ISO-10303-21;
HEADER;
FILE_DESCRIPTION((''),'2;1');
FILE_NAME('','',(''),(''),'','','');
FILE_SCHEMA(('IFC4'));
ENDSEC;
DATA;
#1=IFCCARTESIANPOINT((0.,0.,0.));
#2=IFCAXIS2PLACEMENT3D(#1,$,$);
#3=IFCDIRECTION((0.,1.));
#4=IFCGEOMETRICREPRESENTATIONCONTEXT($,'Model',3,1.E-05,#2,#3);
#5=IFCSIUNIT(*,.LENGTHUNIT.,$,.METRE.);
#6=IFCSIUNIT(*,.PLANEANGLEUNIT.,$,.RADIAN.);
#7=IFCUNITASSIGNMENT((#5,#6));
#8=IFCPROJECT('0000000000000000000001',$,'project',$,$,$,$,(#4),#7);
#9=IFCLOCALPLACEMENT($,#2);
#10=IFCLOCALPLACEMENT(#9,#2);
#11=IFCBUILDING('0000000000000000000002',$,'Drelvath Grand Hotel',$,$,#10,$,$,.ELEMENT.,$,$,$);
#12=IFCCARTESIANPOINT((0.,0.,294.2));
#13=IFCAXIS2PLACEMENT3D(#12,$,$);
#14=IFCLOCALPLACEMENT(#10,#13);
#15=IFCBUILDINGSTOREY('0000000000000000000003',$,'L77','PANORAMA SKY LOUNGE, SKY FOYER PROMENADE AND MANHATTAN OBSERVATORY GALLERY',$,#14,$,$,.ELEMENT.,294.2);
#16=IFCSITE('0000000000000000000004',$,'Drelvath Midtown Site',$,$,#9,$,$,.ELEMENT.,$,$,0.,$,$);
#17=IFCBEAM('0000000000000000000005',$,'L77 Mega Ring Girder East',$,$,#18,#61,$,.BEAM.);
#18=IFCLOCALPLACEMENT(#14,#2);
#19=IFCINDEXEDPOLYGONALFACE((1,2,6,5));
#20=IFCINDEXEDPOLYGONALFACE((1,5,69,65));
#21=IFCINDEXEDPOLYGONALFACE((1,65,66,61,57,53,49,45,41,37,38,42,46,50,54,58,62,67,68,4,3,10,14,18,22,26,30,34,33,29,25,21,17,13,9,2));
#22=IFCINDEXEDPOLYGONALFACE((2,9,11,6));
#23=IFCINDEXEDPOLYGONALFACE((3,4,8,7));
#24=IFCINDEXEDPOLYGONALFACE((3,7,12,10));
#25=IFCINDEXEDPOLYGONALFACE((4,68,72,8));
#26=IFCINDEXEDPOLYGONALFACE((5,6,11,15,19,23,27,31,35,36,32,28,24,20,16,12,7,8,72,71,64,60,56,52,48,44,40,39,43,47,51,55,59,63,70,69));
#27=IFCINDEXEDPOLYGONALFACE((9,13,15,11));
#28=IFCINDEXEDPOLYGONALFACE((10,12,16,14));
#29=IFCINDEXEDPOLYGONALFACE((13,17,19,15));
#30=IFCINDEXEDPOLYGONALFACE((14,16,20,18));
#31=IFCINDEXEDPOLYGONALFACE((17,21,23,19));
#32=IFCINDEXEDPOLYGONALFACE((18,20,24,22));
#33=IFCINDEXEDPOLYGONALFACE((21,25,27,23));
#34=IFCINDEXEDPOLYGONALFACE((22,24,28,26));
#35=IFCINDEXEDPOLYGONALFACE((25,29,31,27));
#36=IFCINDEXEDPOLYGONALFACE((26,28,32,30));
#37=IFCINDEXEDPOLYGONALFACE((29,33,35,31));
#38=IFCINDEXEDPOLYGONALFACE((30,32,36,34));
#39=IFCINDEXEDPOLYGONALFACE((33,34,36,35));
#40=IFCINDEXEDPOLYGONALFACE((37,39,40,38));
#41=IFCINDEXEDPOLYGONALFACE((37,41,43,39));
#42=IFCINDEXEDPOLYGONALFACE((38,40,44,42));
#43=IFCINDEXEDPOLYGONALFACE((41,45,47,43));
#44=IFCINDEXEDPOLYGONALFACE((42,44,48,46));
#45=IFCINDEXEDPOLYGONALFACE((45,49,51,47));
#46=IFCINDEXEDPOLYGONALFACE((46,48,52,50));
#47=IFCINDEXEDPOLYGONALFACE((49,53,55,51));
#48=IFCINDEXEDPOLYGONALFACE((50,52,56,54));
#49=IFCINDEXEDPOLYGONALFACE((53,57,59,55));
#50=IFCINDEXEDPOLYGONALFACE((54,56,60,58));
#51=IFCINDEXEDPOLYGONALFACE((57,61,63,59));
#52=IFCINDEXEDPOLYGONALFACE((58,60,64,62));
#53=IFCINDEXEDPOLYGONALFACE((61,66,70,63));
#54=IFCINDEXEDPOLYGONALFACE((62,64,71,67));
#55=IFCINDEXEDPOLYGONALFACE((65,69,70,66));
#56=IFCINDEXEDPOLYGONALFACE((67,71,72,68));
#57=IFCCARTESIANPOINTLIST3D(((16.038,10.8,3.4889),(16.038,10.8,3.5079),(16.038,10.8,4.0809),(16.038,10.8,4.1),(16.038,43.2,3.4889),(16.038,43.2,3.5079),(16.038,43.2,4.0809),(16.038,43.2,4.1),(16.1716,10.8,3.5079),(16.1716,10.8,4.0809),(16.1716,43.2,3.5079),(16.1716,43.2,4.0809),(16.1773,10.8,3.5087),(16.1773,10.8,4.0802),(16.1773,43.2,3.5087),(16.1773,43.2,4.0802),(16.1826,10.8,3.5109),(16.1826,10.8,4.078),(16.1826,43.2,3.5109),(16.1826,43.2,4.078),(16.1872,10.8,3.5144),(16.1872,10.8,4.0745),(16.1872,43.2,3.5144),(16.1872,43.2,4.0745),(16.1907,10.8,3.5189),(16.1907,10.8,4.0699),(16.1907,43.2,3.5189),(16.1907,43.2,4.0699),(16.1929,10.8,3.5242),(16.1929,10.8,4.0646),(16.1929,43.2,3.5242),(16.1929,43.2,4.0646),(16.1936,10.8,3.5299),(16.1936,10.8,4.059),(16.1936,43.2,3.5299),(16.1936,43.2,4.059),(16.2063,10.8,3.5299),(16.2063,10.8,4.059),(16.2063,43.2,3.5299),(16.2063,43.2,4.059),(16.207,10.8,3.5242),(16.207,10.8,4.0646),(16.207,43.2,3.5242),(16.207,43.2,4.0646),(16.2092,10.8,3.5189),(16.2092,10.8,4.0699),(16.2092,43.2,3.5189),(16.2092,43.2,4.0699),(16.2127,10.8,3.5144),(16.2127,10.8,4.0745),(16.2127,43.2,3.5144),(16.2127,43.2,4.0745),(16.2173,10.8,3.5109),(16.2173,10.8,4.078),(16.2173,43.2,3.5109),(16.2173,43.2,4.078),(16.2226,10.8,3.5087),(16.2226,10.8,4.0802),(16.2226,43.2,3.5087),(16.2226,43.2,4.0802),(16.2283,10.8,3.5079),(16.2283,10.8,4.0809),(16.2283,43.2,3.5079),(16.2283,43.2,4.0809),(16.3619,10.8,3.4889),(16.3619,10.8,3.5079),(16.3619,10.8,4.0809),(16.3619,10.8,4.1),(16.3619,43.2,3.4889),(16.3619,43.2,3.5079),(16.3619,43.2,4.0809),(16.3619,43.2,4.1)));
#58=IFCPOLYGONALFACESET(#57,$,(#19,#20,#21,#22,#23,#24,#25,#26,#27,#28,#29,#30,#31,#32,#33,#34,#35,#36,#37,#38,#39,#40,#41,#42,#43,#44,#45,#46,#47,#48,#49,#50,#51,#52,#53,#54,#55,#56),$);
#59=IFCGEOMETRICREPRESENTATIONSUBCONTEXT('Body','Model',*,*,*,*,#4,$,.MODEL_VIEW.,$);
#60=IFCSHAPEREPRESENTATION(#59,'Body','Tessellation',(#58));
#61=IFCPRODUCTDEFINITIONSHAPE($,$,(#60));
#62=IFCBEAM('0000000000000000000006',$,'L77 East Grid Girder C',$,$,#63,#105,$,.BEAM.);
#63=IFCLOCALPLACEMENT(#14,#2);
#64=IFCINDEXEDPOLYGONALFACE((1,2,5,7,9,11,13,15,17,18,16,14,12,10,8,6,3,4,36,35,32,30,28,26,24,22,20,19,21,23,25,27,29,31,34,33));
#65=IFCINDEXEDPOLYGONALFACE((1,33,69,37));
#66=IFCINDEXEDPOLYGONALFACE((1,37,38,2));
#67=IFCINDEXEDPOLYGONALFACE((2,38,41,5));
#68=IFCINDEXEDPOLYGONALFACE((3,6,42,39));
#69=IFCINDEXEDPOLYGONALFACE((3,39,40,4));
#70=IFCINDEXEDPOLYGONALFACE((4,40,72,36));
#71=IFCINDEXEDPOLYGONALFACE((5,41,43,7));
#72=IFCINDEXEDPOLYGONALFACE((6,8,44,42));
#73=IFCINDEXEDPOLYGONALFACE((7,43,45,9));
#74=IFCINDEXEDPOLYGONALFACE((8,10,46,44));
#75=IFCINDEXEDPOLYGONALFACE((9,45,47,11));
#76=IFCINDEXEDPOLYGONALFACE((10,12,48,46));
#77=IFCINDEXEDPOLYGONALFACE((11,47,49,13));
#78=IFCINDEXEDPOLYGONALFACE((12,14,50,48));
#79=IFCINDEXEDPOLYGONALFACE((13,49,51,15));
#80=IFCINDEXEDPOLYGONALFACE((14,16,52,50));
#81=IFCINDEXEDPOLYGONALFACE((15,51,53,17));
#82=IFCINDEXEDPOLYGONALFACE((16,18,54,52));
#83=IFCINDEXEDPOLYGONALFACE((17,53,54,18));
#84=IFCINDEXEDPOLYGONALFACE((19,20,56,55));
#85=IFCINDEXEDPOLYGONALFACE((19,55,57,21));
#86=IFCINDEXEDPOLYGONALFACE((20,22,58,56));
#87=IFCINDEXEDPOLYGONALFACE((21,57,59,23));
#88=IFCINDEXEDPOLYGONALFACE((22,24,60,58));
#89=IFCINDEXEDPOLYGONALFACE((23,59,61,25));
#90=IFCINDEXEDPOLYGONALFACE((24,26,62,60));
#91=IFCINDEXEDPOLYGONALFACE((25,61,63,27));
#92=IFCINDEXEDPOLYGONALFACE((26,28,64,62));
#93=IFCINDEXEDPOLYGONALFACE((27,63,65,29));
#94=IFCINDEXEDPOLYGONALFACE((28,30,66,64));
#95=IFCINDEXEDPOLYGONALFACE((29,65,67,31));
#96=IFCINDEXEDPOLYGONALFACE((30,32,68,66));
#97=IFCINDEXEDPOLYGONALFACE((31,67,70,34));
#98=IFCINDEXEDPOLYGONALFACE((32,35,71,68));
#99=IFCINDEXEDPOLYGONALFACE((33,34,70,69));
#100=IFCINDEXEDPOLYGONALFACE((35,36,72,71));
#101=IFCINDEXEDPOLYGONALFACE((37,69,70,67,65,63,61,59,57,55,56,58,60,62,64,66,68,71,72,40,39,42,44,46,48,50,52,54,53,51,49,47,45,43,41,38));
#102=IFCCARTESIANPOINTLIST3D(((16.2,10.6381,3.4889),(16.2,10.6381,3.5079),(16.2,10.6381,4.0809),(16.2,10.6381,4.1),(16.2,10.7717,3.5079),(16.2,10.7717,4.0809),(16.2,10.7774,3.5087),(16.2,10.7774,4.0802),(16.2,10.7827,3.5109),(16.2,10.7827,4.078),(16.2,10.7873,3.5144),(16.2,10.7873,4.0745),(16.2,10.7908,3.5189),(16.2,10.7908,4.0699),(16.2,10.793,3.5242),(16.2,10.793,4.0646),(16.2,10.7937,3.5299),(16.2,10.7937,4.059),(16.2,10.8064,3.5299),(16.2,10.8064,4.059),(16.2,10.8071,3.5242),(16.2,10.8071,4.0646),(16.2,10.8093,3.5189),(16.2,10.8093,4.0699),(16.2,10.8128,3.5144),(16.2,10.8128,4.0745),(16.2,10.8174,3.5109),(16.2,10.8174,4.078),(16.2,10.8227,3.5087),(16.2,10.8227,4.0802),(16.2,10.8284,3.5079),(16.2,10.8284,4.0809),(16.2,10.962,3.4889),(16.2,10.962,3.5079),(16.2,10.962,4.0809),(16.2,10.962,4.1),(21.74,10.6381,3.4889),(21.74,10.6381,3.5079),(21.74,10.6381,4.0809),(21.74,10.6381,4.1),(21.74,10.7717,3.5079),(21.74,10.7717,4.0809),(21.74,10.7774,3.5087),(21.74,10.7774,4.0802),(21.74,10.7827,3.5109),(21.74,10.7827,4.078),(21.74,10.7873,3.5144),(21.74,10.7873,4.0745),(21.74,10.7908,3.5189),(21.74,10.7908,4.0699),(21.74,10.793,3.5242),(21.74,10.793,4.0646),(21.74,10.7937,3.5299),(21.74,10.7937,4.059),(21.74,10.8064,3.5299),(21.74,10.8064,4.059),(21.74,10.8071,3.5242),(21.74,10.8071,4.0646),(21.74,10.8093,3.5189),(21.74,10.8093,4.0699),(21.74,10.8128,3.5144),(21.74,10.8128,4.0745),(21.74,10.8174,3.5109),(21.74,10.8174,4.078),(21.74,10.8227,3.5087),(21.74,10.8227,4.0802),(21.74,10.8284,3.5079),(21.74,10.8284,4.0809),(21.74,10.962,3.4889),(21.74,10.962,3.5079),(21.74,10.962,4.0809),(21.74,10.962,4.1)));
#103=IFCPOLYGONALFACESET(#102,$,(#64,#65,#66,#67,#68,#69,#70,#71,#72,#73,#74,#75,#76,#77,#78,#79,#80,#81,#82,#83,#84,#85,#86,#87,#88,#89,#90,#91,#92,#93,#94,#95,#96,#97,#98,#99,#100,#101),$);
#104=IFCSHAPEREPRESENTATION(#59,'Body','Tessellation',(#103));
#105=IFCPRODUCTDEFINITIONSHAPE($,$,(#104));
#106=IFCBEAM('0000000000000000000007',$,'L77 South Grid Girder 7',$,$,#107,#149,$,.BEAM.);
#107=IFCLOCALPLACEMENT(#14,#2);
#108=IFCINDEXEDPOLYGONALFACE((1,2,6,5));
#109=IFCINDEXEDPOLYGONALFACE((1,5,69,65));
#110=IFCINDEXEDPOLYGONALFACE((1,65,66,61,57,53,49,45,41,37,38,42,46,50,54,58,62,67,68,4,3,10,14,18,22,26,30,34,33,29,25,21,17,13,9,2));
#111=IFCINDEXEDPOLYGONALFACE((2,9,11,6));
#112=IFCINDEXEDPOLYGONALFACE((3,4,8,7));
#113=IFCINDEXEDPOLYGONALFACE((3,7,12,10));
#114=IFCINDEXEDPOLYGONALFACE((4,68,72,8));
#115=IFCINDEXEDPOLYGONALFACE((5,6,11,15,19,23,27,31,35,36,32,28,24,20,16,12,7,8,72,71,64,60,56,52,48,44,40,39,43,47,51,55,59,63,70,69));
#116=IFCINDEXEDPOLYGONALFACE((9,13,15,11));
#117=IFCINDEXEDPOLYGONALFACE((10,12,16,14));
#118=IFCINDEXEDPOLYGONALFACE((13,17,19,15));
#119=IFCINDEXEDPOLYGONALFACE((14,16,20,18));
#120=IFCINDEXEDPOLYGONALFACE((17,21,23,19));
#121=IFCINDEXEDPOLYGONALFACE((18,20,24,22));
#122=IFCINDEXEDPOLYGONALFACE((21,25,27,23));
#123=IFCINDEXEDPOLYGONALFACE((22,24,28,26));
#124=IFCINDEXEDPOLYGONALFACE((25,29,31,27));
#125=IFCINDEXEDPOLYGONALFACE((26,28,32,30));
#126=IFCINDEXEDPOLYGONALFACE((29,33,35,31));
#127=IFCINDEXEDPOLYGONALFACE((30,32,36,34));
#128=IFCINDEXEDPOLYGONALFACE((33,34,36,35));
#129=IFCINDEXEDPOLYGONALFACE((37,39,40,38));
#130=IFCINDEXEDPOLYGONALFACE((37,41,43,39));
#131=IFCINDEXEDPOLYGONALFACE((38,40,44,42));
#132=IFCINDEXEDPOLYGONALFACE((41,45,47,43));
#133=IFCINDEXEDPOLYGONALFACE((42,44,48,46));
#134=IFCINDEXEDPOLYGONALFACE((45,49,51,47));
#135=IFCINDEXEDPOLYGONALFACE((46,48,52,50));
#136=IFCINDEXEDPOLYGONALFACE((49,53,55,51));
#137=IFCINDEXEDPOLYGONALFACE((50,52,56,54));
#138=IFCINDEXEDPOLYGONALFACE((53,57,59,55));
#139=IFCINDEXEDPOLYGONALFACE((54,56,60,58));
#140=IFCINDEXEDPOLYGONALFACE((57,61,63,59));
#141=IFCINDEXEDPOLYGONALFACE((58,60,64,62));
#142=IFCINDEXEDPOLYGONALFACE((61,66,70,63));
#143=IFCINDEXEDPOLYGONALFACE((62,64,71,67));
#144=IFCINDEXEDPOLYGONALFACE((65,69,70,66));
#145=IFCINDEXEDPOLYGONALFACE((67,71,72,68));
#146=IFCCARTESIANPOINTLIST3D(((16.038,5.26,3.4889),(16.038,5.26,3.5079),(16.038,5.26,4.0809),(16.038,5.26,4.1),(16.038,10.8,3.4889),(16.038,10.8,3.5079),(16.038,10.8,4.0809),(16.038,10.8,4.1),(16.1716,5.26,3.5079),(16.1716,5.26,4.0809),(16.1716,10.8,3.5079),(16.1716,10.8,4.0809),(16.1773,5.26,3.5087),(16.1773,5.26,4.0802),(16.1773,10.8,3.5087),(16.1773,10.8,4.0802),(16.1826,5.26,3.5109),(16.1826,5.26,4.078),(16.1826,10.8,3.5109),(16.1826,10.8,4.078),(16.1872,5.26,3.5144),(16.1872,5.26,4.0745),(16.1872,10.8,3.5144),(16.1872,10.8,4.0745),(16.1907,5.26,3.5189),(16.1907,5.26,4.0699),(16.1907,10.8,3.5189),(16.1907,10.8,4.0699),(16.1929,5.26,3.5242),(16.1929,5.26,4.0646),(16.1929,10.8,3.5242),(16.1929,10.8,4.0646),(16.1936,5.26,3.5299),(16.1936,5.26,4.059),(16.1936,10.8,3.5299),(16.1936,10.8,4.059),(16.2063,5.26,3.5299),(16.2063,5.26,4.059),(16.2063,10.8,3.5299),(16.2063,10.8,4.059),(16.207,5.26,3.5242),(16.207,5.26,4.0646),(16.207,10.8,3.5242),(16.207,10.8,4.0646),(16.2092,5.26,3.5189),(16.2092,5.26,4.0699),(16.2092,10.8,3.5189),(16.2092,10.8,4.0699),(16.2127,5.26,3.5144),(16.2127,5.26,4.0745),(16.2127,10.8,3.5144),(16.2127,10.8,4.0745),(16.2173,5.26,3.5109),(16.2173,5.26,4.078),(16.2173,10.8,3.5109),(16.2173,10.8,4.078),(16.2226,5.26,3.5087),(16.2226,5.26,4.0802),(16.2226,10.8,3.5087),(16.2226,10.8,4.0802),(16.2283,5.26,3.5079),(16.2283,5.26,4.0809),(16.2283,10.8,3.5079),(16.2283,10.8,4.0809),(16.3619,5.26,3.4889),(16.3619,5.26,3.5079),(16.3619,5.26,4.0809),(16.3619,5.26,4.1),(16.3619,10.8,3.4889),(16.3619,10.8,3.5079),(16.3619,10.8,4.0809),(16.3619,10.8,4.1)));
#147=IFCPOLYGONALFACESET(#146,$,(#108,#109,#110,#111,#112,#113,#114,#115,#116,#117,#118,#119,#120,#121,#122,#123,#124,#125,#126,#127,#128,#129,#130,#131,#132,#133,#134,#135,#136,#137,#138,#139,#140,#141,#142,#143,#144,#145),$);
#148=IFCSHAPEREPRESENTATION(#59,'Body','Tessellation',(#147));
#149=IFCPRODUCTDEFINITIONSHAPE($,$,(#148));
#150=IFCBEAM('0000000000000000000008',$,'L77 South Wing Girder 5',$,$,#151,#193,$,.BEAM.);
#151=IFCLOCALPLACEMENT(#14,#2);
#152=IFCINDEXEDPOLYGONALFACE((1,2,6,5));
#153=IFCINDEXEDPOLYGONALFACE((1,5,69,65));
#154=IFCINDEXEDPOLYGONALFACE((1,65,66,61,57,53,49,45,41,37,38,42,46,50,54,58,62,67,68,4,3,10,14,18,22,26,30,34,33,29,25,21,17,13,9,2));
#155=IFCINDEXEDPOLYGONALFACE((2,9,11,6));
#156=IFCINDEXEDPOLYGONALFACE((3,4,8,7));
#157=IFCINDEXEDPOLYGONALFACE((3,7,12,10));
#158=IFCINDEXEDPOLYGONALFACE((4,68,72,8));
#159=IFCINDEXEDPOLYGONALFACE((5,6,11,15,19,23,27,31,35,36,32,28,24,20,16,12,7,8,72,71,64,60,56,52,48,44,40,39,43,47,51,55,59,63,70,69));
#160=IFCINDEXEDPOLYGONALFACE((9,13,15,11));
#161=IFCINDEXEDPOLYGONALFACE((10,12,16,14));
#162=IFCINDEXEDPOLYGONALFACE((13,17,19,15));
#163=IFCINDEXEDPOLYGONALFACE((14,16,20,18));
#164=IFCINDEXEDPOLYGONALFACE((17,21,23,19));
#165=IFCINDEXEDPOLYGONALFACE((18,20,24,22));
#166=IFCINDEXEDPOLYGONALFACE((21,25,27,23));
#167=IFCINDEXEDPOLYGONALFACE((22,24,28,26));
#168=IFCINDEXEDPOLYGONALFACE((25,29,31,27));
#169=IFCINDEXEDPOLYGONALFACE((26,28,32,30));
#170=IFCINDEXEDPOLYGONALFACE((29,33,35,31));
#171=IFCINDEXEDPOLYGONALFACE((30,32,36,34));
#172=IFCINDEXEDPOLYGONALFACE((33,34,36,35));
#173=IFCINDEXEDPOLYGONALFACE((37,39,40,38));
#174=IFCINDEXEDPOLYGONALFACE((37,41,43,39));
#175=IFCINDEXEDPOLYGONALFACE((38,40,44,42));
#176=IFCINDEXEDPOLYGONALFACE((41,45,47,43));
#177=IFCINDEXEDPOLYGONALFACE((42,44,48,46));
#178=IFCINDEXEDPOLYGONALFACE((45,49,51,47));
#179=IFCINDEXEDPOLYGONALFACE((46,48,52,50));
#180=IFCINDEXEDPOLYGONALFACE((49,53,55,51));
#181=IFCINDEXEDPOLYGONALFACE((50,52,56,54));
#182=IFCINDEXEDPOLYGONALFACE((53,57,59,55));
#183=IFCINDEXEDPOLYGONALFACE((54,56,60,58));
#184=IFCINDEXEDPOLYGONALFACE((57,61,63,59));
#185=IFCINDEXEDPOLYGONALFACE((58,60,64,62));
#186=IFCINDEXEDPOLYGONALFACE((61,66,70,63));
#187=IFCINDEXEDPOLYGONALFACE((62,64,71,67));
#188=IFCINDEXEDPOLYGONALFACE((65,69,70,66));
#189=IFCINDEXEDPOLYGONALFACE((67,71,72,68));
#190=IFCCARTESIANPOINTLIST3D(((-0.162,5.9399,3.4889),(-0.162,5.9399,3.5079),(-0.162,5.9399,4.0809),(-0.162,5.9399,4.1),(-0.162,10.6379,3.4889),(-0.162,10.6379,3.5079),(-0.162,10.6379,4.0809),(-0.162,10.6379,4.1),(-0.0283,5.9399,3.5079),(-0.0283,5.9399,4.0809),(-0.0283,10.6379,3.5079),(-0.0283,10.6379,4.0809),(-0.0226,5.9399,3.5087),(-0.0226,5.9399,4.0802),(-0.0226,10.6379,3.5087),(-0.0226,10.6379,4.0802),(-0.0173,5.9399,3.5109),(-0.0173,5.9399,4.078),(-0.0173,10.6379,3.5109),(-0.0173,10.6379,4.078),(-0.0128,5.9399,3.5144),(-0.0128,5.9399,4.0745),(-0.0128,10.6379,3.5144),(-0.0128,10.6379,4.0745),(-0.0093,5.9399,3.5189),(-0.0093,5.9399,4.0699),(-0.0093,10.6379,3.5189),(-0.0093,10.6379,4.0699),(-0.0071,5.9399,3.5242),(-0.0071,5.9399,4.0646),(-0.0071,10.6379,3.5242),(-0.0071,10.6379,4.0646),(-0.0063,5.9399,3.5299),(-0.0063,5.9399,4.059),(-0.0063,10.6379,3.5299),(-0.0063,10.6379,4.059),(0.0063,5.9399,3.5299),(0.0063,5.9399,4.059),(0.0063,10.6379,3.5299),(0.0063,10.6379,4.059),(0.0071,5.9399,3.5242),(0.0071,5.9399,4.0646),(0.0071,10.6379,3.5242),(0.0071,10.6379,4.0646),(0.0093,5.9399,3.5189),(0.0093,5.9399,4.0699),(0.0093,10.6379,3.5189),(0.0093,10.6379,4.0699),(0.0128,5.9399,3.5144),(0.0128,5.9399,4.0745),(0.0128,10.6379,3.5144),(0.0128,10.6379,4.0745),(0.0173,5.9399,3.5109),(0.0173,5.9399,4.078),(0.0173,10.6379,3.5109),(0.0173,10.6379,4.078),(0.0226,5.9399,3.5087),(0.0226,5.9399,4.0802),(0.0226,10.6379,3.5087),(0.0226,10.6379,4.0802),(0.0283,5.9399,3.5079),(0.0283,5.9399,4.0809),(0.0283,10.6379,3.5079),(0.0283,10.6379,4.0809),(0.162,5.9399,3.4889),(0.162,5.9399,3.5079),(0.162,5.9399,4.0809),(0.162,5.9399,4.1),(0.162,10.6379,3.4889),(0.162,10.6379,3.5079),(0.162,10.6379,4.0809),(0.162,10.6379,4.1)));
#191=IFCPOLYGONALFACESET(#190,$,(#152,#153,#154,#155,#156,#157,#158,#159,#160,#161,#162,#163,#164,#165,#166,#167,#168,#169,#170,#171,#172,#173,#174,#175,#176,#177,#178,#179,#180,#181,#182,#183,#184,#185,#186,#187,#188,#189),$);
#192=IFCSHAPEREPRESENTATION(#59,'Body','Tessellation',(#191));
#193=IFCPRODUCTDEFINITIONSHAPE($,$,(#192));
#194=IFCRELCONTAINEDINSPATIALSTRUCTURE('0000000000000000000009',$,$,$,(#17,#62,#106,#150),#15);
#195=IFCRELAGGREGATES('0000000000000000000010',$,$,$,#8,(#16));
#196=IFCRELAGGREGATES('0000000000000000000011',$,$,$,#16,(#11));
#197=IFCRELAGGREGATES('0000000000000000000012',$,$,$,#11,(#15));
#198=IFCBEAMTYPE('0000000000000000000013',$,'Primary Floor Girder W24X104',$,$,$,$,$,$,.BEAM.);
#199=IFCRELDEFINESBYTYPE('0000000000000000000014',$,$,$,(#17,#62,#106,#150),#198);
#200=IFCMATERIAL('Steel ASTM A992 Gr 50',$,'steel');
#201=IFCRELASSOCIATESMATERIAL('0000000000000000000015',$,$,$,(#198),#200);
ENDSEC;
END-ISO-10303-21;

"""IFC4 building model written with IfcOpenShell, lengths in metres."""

from ifc_helpers import new_model, si_unit, direction, frame, origin, origin_2d, place, context, subcontext, project, spatial, i_section, extrude, material, material_profile, profile_set, type_object, element, save


model = new_model("IFC4")

# Units and contexts
model_context = context("Model", 3, precision=1e-05, world=origin(), true_north=direction((0.0, 1.0)))
body_context = subcontext(model_context, "Body", "Model", "MODEL_VIEW")
ifc_project = project(units=[si_unit("LENGTHUNIT", "METRE"), si_unit("PLANEANGLEUNIT", "RADIAN")], contexts=[model_context])

# Site, building, storey
site_placement = place(None, origin())
site = spatial("IfcSite", under=ifc_project, at=site_placement, Name="Drelvath Midtown Site", CompositionType="ELEMENT", RefElevation=0.0)
building_placement = place(site_placement, origin())
building = spatial("IfcBuilding", under=site, at=building_placement, Name="Drelvath Grand Hotel", CompositionType="ELEMENT")
storey_placement = place(building_placement, frame((0.0, 0.0, 294.2)))
storey = spatial("IfcBuildingStorey", under=building, at=storey_placement, Name="L77", Description="PANORAMA SKY LOUNGE, SKY FOYER PROMENADE AND MANHATTAN OBSERVATORY GALLERY", CompositionType="ELEMENT", Elevation=294.2)

# Shared definitions
ifc_material_1 = material(Name="Steel ASTM A992 Gr 50", Category="steel")

# Beams
ifc_material_profile_1 = material_profile(ifc_material_1, i_section(OverallWidth=0.324, OverallDepth=0.6111, WebThickness=0.0127, FlangeThickness=0.019, FilletRadius=0.022, at=origin_2d()), Name="W24X104")
ifc_profile_set_1 = profile_set([ifc_material_profile_1], Name="Steel ASTM A992 Gr 50")
beam_type_1 = type_object("IfcBeamType", Name="Primary Floor Girder W24X104", PredefinedType="BEAM", material=ifc_profile_set_1)
beam_1_placement = place(storey_placement, frame((16.2, 10.8, 3.7944), z_axis=(0.0, 1.0, 0.0), x_axis=(-1.0, 0.0, 0.0)))
element("IfcBeam", 1, at=beam_1_placement, inside=storey, type_object=beam_type_1, Name="L77 Mega Ring Girder East", PredefinedType="BEAM", context=body_context, shape_type="SweptSolid", body=[
    extrude(i_section(OverallWidth=0.324, OverallDepth=0.6111, WebThickness=0.0127, FlangeThickness=0.019, FilletRadius=0.022, at=origin_2d()), origin(), (0.0, 0.0, 1.0), 32.3999),
])
for number, where, z_axis, x_axis, name in (
    (2, (16.2, 10.8, 3.7944), (1.0, 0.0, 0.0), (0.0, 1.0, 0.0), "L77 East Grid Girder C"),
    (3, (16.2, 5.26, 3.7944), (0.0, 1.0, 0.0), (-1.0, 0.0, 0.0), "L77 South Grid Girder 7"),
):
    element("IfcBeam", number, at=place(storey_placement, frame(where, z_axis=z_axis, x_axis=x_axis)), inside=storey, type_object=beam_type_1, Name=name, PredefinedType="BEAM", context=body_context, shape_type="SweptSolid", body=[
        extrude(i_section(OverallWidth=0.324, OverallDepth=0.6111, WebThickness=0.0127, FlangeThickness=0.019, FilletRadius=0.022, at=origin_2d()), origin(), (0.0, 0.0, 1.0), 5.54),
    ])
beam_2_placement = place(storey_placement, frame((0.0, 5.9399, 3.7944), z_axis=(0.0, 1.0, 0.0), x_axis=(-1.0, 0.0, 0.0)))
element("IfcBeam", 4, at=beam_2_placement, inside=storey, type_object=beam_type_1, Name="L77 South Wing Girder 5", PredefinedType="BEAM", context=body_context, shape_type="SweptSolid", body=[
    extrude(i_section(OverallWidth=0.324, OverallDepth=0.6111, WebThickness=0.0127, FlangeThickness=0.019, FilletRadius=0.022, at=origin_2d()), origin(), (0.0, 0.0, 1.0), 4.698),
])

save(model, "model.ifc")
